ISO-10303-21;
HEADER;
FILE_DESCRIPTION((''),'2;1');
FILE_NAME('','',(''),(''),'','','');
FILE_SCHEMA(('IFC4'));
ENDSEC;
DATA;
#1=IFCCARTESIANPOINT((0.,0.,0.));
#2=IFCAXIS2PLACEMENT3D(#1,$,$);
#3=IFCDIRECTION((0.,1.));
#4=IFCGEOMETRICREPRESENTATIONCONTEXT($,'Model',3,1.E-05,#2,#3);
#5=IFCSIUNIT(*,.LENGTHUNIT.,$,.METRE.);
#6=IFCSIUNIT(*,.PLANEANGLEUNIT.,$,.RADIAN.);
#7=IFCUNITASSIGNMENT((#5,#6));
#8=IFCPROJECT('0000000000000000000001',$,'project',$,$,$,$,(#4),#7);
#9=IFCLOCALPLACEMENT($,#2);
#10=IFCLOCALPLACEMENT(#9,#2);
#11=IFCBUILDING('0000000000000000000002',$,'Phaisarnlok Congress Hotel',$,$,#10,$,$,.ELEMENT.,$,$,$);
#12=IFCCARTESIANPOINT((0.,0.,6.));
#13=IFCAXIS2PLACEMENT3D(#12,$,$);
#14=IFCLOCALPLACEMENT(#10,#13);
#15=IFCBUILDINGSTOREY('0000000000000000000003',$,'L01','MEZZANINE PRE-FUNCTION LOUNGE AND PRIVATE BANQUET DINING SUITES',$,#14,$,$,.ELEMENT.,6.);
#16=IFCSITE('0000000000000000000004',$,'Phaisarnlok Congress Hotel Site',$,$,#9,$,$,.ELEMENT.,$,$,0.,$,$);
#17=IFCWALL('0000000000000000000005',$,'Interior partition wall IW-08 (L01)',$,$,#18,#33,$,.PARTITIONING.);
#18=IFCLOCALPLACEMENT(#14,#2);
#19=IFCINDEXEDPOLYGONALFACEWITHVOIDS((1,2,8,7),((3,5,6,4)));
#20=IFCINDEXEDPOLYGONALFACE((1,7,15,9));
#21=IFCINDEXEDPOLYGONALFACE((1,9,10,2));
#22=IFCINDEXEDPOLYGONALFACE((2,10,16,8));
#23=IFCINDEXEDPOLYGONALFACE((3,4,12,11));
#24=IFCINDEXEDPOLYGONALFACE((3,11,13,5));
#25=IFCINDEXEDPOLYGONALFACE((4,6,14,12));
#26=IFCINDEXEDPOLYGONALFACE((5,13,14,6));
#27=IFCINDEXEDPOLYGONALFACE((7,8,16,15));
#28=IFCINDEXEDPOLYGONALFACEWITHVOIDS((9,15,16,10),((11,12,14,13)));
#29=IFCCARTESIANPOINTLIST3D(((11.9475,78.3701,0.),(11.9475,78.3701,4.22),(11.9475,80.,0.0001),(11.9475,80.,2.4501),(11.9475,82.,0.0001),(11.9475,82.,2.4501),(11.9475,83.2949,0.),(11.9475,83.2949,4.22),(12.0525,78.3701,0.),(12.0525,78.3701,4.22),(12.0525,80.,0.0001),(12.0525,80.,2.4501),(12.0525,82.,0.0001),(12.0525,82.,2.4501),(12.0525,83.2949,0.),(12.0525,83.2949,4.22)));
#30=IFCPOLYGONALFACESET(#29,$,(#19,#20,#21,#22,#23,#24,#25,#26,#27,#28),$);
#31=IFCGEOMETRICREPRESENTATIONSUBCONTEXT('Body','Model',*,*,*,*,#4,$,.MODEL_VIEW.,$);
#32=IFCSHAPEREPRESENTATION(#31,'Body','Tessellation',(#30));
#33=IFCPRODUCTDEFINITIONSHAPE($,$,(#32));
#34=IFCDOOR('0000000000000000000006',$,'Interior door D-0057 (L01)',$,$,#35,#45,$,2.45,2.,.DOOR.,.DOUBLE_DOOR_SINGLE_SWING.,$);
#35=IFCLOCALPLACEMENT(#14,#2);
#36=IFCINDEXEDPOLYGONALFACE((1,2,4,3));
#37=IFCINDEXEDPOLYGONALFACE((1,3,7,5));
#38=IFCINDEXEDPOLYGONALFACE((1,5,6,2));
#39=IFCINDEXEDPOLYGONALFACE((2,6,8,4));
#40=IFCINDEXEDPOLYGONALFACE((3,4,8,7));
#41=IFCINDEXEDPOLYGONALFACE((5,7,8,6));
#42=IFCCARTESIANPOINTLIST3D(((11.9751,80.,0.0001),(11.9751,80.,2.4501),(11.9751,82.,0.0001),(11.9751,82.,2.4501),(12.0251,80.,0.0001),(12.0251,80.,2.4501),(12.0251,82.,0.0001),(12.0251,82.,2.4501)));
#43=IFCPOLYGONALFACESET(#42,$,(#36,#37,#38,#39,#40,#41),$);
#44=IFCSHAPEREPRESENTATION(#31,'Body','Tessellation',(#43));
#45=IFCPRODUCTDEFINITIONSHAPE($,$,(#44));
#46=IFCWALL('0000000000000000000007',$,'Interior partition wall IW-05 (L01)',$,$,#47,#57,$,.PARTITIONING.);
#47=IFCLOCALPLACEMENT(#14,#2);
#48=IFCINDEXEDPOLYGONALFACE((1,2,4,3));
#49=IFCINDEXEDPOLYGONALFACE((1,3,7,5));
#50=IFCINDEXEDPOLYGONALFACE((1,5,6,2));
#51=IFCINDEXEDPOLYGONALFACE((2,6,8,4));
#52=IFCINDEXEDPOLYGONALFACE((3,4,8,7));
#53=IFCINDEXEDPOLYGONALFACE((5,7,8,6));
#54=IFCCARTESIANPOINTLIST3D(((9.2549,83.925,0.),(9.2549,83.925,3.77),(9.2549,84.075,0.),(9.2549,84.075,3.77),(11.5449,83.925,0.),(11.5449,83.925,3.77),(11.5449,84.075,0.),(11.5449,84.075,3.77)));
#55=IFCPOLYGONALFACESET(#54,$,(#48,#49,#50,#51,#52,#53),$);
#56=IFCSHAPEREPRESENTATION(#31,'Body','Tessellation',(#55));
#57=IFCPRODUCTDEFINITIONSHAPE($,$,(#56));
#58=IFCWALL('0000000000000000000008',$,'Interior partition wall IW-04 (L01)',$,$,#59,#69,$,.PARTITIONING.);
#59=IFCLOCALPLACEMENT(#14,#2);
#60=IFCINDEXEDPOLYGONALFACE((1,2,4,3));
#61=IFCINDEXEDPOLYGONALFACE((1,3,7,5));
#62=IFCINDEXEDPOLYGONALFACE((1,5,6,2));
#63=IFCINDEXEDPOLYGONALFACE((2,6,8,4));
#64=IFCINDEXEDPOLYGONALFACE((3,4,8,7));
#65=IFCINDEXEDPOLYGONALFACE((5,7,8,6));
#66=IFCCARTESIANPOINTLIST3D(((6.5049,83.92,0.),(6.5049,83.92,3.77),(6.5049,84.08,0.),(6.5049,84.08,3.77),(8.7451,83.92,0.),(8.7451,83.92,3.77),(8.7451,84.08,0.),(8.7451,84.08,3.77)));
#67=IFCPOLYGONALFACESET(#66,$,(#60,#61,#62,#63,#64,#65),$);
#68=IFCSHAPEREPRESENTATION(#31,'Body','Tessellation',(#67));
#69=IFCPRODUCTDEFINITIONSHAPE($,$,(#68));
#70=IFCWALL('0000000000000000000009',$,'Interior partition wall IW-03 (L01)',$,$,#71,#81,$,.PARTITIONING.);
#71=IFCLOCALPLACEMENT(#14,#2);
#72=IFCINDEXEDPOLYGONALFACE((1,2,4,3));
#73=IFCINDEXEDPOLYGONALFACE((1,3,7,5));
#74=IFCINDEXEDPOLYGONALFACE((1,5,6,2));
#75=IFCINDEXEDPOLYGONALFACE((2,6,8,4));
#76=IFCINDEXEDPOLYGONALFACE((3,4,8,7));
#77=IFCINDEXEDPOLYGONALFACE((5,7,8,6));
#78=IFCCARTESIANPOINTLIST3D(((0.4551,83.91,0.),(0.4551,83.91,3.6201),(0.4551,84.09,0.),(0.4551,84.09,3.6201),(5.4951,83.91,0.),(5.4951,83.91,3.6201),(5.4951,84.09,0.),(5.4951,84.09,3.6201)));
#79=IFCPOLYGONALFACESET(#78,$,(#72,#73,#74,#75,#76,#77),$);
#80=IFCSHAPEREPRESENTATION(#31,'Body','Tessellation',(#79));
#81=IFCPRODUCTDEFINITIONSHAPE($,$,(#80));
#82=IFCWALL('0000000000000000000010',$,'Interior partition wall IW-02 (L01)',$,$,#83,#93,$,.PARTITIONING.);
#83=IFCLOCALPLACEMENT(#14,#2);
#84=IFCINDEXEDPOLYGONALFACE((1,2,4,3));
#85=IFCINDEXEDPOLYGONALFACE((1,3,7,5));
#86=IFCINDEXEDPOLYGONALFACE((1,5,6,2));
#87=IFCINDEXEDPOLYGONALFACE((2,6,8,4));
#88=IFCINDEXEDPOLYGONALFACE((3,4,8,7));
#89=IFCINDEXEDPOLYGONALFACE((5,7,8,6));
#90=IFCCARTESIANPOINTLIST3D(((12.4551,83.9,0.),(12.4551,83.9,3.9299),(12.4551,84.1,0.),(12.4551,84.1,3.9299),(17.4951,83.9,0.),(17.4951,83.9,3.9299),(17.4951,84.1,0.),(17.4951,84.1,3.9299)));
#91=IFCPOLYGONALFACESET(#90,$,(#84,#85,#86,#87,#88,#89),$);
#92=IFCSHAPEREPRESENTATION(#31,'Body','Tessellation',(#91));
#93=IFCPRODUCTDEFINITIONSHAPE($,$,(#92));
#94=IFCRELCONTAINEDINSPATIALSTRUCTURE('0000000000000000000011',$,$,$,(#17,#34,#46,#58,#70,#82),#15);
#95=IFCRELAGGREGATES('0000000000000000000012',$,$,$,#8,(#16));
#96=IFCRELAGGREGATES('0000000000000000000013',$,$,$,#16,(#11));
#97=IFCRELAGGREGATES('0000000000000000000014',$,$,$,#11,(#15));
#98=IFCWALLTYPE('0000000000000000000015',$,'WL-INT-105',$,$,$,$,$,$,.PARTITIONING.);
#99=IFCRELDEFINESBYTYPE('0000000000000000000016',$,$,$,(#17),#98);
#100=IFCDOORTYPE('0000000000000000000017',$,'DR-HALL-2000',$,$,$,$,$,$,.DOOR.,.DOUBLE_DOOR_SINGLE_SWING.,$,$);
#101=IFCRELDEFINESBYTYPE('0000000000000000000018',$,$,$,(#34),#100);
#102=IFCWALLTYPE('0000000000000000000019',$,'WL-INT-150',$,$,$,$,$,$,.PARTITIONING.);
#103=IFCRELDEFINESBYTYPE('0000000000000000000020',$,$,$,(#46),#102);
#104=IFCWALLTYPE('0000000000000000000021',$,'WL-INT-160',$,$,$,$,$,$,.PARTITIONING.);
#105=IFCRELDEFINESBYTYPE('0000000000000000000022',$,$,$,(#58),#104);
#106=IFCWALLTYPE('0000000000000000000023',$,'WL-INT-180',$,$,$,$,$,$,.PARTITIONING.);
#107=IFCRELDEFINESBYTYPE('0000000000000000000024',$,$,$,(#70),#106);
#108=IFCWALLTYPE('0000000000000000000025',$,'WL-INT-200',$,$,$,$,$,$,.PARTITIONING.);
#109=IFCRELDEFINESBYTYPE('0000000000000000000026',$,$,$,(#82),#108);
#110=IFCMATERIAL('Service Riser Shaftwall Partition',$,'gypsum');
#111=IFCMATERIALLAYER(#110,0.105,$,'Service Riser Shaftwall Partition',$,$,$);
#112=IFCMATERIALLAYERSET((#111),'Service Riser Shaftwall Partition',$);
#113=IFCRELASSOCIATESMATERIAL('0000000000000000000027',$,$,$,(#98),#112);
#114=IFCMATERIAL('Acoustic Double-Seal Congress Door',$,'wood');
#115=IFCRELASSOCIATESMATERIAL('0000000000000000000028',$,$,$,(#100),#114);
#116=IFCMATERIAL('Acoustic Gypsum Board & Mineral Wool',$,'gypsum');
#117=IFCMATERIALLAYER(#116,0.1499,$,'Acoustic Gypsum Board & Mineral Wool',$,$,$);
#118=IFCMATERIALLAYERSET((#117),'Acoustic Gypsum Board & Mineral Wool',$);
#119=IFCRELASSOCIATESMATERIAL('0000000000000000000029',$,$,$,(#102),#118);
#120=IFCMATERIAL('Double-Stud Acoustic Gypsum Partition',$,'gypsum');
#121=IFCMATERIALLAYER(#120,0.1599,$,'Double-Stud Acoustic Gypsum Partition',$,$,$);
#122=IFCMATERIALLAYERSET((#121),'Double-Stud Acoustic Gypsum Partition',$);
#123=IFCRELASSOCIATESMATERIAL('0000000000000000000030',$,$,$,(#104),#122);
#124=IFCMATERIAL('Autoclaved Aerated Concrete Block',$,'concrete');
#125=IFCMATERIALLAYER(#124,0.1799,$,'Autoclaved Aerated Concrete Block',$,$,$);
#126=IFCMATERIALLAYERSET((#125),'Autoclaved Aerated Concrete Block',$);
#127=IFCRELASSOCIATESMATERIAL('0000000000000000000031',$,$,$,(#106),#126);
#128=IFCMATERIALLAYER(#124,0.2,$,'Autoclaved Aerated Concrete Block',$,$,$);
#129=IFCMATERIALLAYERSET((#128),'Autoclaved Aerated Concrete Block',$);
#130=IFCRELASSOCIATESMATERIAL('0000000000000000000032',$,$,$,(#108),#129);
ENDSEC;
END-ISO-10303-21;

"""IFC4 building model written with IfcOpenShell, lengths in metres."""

from ifc_helpers import new_model, si_unit, direction, frame, frame_2d, origin, place, context, subcontext, project, spatial, rectangle, extrude, material, layer, layer_set, type_object, element, fill, save


model = new_model("IFC4")

# Units and contexts
model_context = context("Model", 3, precision=1e-05, world=origin(), true_north=direction((0.0, 1.0)))
body_context = subcontext(model_context, "Body", "Model", "MODEL_VIEW")
ifc_project = project(units=[si_unit("LENGTHUNIT", "METRE"), si_unit("PLANEANGLEUNIT", "RADIAN")], contexts=[model_context])

# Site, building, storey
site_placement = place(None, origin())
site = spatial("IfcSite", under=ifc_project, at=site_placement, Name="Phaisarnlok Congress Hotel Site", CompositionType="ELEMENT", RefElevation=0.0)
building_placement = place(site_placement, origin())
building = spatial("IfcBuilding", under=site, at=building_placement, Name="Phaisarnlok Congress Hotel", CompositionType="ELEMENT")
storey_placement = place(building_placement, frame((0.0, 0.0, 6.0)))
storey = spatial("IfcBuildingStorey", under=building, at=storey_placement, Name="L01", Description="MEZZANINE PRE-FUNCTION LOUNGE AND PRIVATE BANQUET DINING SUITES", CompositionType="ELEMENT", Elevation=6.0)

# Wall, opening, door
ifc_material_1 = material(Name="Service Riser Shaftwall Partition", Category="gypsum")
ifc_layer_1 = layer(ifc_material_1, 0.105, Name="Service Riser Shaftwall Partition")
ifc_layer_set_1 = layer_set([ifc_layer_1], Name="Service Riser Shaftwall Partition")
wall_type_1 = type_object("IfcWallType", Name="WL-INT-105", PredefinedType="PARTITIONING", material=ifc_layer_set_1)
wall_1_placement = place(storey_placement, frame((12.0, 78.3701, 0.0), z_axis=(0.0, 0.0, 1.0), x_axis=(0.0, 1.0, 0.0)))
wall_1 = element("IfcWall", 1, at=wall_1_placement, inside=storey, type_object=wall_type_1, Name="Interior partition wall IW-08 (L01)", PredefinedType="PARTITIONING", context=body_context, shape_type="SweptSolid", body=[
    extrude(rectangle(XDim=4.9248, YDim=0.105, at=frame_2d((2.4624, 0.0))), origin(), (0.0, 0.0, 1.0), 4.22),
])
opening_placement = place(wall_1_placement, frame((1.6299, 0.0, 0.0)))
opening = element("IfcOpeningElement", 2, at=opening_placement, cuts=wall_1, PredefinedType="OPENING", context=body_context, shape_type="SweptSolid", body=[
    extrude(rectangle(XDim=2.0, YDim=2.45, at=frame_2d((1.0, 1.2251))), frame((0.0, 0.0625, 0.0), z_axis=(0.0, -1.0, 0.0), x_axis=(1.0, 0.0, 0.0)), (0.0, 0.0, 1.0), 0.125),
])
ifc_material_2 = material(Name="Acoustic Double-Seal Congress Door", Category="wood")
door_type = type_object("IfcDoorType", Name="DR-HALL-2000", OperationType="DOUBLE_DOOR_SINGLE_SWING", PredefinedType="DOOR", material=ifc_material_2)
door_placement = place(opening_placement, origin())
door = element("IfcDoor", 3, at=door_placement, inside=storey, type_object=door_type, Name="Interior door D-0057 (L01)", OperationType="DOUBLE_DOOR_SINGLE_SWING", OverallHeight=2.45, OverallWidth=2.0, PredefinedType="DOOR", context=body_context, shape_type="SweptSolid", body=[
    extrude(rectangle(XDim=2.0, YDim=2.45, at=frame_2d((1.0, 1.2251))), frame((0.0, 0.0249, 0.0), z_axis=(0.0, -1.0, 0.0), x_axis=(1.0, 0.0, 0.0)), (0.0, 0.0, 1.0), 0.05),
])
fill(opening, door)

# Walls
ifc_material_3 = material(Name="Acoustic Gypsum Board & Mineral Wool", Category="gypsum")
ifc_layer_2 = layer(ifc_material_3, 0.1499, Name="Acoustic Gypsum Board & Mineral Wool")
ifc_layer_set_2 = layer_set([ifc_layer_2], Name="Acoustic Gypsum Board & Mineral Wool")
wall_type_2 = type_object("IfcWallType", Name="WL-INT-150", PredefinedType="PARTITIONING", material=ifc_layer_set_2)
wall_2_placement = place(storey_placement, frame((9.2549, 84.0, 0.0), z_axis=(0.0, 0.0, 1.0), x_axis=(1.0, 0.0, 0.0)))
element("IfcWall", 4, at=wall_2_placement, inside=storey, type_object=wall_type_2, Name="Interior partition wall IW-05 (L01)", PredefinedType="PARTITIONING", context=body_context, shape_type="SweptSolid", body=[
    extrude(rectangle(XDim=2.29, YDim=0.1499, at=frame_2d((1.145, 0.0))), origin(), (0.0, 0.0, 1.0), 3.77),
])
ifc_material_4 = material(Name="Double-Stud Acoustic Gypsum Partition", Category="gypsum")
ifc_layer_3 = layer(ifc_material_4, 0.1599, Name="Double-Stud Acoustic Gypsum Partition")
ifc_layer_set_3 = layer_set([ifc_layer_3], Name="Double-Stud Acoustic Gypsum Partition")
wall_type_3 = type_object("IfcWallType", Name="WL-INT-160", PredefinedType="PARTITIONING", material=ifc_layer_set_3)
wall_3_placement = place(storey_placement, frame((6.5049, 84.0, 0.0), z_axis=(0.0, 0.0, 1.0), x_axis=(1.0, 0.0, 0.0)))
element("IfcWall", 5, at=wall_3_placement, inside=storey, type_object=wall_type_3, Name="Interior partition wall IW-04 (L01)", PredefinedType="PARTITIONING", context=body_context, shape_type="SweptSolid", body=[
    extrude(rectangle(XDim=2.2402, YDim=0.1599, at=frame_2d((1.1201, 0.0))), origin(), (0.0, 0.0, 1.0), 3.77),
])
ifc_material_5 = material(Name="Autoclaved Aerated Concrete Block", Category="concrete")
ifc_layer_4 = layer(ifc_material_5, 0.1799, Name="Autoclaved Aerated Concrete Block")
ifc_layer_set_4 = layer_set([ifc_layer_4], Name="Autoclaved Aerated Concrete Block")
wall_type_4 = type_object("IfcWallType", Name="WL-INT-180", PredefinedType="PARTITIONING", material=ifc_layer_set_4)
wall_4_placement = place(storey_placement, frame((0.4551, 84.0, 0.0), z_axis=(0.0, 0.0, 1.0), x_axis=(1.0, 0.0, 0.0)))
element("IfcWall", 6, at=wall_4_placement, inside=storey, type_object=wall_type_4, Name="Interior partition wall IW-03 (L01)", PredefinedType="PARTITIONING", context=body_context, shape_type="SweptSolid", body=[
    extrude(rectangle(XDim=5.04, YDim=0.1799, at=frame_2d((2.52, 0.0))), origin(), (0.0, 0.0, 1.0), 3.6201),
])
ifc_layer_5 = layer(ifc_material_5, 0.2, Name="Autoclaved Aerated Concrete Block")
ifc_layer_set_5 = layer_set([ifc_layer_5], Name="Autoclaved Aerated Concrete Block")
wall_type_5 = type_object("IfcWallType", Name="WL-INT-200", PredefinedType="PARTITIONING", material=ifc_layer_set_5)
wall_5_placement = place(storey_placement, frame((12.4551, 84.0, 0.0), z_axis=(0.0, 0.0, 1.0), x_axis=(1.0, 0.0, 0.0)))
element("IfcWall", 7, at=wall_5_placement, inside=storey, type_object=wall_type_5, Name="Interior partition wall IW-02 (L01)", PredefinedType="PARTITIONING", context=body_context, shape_type="SweptSolid", body=[
    extrude(rectangle(XDim=5.04, YDim=0.2, at=frame_2d((2.52, 0.0))), origin(), (0.0, 0.0, 1.0), 3.9299),
])

save(model, "model.ifc")
